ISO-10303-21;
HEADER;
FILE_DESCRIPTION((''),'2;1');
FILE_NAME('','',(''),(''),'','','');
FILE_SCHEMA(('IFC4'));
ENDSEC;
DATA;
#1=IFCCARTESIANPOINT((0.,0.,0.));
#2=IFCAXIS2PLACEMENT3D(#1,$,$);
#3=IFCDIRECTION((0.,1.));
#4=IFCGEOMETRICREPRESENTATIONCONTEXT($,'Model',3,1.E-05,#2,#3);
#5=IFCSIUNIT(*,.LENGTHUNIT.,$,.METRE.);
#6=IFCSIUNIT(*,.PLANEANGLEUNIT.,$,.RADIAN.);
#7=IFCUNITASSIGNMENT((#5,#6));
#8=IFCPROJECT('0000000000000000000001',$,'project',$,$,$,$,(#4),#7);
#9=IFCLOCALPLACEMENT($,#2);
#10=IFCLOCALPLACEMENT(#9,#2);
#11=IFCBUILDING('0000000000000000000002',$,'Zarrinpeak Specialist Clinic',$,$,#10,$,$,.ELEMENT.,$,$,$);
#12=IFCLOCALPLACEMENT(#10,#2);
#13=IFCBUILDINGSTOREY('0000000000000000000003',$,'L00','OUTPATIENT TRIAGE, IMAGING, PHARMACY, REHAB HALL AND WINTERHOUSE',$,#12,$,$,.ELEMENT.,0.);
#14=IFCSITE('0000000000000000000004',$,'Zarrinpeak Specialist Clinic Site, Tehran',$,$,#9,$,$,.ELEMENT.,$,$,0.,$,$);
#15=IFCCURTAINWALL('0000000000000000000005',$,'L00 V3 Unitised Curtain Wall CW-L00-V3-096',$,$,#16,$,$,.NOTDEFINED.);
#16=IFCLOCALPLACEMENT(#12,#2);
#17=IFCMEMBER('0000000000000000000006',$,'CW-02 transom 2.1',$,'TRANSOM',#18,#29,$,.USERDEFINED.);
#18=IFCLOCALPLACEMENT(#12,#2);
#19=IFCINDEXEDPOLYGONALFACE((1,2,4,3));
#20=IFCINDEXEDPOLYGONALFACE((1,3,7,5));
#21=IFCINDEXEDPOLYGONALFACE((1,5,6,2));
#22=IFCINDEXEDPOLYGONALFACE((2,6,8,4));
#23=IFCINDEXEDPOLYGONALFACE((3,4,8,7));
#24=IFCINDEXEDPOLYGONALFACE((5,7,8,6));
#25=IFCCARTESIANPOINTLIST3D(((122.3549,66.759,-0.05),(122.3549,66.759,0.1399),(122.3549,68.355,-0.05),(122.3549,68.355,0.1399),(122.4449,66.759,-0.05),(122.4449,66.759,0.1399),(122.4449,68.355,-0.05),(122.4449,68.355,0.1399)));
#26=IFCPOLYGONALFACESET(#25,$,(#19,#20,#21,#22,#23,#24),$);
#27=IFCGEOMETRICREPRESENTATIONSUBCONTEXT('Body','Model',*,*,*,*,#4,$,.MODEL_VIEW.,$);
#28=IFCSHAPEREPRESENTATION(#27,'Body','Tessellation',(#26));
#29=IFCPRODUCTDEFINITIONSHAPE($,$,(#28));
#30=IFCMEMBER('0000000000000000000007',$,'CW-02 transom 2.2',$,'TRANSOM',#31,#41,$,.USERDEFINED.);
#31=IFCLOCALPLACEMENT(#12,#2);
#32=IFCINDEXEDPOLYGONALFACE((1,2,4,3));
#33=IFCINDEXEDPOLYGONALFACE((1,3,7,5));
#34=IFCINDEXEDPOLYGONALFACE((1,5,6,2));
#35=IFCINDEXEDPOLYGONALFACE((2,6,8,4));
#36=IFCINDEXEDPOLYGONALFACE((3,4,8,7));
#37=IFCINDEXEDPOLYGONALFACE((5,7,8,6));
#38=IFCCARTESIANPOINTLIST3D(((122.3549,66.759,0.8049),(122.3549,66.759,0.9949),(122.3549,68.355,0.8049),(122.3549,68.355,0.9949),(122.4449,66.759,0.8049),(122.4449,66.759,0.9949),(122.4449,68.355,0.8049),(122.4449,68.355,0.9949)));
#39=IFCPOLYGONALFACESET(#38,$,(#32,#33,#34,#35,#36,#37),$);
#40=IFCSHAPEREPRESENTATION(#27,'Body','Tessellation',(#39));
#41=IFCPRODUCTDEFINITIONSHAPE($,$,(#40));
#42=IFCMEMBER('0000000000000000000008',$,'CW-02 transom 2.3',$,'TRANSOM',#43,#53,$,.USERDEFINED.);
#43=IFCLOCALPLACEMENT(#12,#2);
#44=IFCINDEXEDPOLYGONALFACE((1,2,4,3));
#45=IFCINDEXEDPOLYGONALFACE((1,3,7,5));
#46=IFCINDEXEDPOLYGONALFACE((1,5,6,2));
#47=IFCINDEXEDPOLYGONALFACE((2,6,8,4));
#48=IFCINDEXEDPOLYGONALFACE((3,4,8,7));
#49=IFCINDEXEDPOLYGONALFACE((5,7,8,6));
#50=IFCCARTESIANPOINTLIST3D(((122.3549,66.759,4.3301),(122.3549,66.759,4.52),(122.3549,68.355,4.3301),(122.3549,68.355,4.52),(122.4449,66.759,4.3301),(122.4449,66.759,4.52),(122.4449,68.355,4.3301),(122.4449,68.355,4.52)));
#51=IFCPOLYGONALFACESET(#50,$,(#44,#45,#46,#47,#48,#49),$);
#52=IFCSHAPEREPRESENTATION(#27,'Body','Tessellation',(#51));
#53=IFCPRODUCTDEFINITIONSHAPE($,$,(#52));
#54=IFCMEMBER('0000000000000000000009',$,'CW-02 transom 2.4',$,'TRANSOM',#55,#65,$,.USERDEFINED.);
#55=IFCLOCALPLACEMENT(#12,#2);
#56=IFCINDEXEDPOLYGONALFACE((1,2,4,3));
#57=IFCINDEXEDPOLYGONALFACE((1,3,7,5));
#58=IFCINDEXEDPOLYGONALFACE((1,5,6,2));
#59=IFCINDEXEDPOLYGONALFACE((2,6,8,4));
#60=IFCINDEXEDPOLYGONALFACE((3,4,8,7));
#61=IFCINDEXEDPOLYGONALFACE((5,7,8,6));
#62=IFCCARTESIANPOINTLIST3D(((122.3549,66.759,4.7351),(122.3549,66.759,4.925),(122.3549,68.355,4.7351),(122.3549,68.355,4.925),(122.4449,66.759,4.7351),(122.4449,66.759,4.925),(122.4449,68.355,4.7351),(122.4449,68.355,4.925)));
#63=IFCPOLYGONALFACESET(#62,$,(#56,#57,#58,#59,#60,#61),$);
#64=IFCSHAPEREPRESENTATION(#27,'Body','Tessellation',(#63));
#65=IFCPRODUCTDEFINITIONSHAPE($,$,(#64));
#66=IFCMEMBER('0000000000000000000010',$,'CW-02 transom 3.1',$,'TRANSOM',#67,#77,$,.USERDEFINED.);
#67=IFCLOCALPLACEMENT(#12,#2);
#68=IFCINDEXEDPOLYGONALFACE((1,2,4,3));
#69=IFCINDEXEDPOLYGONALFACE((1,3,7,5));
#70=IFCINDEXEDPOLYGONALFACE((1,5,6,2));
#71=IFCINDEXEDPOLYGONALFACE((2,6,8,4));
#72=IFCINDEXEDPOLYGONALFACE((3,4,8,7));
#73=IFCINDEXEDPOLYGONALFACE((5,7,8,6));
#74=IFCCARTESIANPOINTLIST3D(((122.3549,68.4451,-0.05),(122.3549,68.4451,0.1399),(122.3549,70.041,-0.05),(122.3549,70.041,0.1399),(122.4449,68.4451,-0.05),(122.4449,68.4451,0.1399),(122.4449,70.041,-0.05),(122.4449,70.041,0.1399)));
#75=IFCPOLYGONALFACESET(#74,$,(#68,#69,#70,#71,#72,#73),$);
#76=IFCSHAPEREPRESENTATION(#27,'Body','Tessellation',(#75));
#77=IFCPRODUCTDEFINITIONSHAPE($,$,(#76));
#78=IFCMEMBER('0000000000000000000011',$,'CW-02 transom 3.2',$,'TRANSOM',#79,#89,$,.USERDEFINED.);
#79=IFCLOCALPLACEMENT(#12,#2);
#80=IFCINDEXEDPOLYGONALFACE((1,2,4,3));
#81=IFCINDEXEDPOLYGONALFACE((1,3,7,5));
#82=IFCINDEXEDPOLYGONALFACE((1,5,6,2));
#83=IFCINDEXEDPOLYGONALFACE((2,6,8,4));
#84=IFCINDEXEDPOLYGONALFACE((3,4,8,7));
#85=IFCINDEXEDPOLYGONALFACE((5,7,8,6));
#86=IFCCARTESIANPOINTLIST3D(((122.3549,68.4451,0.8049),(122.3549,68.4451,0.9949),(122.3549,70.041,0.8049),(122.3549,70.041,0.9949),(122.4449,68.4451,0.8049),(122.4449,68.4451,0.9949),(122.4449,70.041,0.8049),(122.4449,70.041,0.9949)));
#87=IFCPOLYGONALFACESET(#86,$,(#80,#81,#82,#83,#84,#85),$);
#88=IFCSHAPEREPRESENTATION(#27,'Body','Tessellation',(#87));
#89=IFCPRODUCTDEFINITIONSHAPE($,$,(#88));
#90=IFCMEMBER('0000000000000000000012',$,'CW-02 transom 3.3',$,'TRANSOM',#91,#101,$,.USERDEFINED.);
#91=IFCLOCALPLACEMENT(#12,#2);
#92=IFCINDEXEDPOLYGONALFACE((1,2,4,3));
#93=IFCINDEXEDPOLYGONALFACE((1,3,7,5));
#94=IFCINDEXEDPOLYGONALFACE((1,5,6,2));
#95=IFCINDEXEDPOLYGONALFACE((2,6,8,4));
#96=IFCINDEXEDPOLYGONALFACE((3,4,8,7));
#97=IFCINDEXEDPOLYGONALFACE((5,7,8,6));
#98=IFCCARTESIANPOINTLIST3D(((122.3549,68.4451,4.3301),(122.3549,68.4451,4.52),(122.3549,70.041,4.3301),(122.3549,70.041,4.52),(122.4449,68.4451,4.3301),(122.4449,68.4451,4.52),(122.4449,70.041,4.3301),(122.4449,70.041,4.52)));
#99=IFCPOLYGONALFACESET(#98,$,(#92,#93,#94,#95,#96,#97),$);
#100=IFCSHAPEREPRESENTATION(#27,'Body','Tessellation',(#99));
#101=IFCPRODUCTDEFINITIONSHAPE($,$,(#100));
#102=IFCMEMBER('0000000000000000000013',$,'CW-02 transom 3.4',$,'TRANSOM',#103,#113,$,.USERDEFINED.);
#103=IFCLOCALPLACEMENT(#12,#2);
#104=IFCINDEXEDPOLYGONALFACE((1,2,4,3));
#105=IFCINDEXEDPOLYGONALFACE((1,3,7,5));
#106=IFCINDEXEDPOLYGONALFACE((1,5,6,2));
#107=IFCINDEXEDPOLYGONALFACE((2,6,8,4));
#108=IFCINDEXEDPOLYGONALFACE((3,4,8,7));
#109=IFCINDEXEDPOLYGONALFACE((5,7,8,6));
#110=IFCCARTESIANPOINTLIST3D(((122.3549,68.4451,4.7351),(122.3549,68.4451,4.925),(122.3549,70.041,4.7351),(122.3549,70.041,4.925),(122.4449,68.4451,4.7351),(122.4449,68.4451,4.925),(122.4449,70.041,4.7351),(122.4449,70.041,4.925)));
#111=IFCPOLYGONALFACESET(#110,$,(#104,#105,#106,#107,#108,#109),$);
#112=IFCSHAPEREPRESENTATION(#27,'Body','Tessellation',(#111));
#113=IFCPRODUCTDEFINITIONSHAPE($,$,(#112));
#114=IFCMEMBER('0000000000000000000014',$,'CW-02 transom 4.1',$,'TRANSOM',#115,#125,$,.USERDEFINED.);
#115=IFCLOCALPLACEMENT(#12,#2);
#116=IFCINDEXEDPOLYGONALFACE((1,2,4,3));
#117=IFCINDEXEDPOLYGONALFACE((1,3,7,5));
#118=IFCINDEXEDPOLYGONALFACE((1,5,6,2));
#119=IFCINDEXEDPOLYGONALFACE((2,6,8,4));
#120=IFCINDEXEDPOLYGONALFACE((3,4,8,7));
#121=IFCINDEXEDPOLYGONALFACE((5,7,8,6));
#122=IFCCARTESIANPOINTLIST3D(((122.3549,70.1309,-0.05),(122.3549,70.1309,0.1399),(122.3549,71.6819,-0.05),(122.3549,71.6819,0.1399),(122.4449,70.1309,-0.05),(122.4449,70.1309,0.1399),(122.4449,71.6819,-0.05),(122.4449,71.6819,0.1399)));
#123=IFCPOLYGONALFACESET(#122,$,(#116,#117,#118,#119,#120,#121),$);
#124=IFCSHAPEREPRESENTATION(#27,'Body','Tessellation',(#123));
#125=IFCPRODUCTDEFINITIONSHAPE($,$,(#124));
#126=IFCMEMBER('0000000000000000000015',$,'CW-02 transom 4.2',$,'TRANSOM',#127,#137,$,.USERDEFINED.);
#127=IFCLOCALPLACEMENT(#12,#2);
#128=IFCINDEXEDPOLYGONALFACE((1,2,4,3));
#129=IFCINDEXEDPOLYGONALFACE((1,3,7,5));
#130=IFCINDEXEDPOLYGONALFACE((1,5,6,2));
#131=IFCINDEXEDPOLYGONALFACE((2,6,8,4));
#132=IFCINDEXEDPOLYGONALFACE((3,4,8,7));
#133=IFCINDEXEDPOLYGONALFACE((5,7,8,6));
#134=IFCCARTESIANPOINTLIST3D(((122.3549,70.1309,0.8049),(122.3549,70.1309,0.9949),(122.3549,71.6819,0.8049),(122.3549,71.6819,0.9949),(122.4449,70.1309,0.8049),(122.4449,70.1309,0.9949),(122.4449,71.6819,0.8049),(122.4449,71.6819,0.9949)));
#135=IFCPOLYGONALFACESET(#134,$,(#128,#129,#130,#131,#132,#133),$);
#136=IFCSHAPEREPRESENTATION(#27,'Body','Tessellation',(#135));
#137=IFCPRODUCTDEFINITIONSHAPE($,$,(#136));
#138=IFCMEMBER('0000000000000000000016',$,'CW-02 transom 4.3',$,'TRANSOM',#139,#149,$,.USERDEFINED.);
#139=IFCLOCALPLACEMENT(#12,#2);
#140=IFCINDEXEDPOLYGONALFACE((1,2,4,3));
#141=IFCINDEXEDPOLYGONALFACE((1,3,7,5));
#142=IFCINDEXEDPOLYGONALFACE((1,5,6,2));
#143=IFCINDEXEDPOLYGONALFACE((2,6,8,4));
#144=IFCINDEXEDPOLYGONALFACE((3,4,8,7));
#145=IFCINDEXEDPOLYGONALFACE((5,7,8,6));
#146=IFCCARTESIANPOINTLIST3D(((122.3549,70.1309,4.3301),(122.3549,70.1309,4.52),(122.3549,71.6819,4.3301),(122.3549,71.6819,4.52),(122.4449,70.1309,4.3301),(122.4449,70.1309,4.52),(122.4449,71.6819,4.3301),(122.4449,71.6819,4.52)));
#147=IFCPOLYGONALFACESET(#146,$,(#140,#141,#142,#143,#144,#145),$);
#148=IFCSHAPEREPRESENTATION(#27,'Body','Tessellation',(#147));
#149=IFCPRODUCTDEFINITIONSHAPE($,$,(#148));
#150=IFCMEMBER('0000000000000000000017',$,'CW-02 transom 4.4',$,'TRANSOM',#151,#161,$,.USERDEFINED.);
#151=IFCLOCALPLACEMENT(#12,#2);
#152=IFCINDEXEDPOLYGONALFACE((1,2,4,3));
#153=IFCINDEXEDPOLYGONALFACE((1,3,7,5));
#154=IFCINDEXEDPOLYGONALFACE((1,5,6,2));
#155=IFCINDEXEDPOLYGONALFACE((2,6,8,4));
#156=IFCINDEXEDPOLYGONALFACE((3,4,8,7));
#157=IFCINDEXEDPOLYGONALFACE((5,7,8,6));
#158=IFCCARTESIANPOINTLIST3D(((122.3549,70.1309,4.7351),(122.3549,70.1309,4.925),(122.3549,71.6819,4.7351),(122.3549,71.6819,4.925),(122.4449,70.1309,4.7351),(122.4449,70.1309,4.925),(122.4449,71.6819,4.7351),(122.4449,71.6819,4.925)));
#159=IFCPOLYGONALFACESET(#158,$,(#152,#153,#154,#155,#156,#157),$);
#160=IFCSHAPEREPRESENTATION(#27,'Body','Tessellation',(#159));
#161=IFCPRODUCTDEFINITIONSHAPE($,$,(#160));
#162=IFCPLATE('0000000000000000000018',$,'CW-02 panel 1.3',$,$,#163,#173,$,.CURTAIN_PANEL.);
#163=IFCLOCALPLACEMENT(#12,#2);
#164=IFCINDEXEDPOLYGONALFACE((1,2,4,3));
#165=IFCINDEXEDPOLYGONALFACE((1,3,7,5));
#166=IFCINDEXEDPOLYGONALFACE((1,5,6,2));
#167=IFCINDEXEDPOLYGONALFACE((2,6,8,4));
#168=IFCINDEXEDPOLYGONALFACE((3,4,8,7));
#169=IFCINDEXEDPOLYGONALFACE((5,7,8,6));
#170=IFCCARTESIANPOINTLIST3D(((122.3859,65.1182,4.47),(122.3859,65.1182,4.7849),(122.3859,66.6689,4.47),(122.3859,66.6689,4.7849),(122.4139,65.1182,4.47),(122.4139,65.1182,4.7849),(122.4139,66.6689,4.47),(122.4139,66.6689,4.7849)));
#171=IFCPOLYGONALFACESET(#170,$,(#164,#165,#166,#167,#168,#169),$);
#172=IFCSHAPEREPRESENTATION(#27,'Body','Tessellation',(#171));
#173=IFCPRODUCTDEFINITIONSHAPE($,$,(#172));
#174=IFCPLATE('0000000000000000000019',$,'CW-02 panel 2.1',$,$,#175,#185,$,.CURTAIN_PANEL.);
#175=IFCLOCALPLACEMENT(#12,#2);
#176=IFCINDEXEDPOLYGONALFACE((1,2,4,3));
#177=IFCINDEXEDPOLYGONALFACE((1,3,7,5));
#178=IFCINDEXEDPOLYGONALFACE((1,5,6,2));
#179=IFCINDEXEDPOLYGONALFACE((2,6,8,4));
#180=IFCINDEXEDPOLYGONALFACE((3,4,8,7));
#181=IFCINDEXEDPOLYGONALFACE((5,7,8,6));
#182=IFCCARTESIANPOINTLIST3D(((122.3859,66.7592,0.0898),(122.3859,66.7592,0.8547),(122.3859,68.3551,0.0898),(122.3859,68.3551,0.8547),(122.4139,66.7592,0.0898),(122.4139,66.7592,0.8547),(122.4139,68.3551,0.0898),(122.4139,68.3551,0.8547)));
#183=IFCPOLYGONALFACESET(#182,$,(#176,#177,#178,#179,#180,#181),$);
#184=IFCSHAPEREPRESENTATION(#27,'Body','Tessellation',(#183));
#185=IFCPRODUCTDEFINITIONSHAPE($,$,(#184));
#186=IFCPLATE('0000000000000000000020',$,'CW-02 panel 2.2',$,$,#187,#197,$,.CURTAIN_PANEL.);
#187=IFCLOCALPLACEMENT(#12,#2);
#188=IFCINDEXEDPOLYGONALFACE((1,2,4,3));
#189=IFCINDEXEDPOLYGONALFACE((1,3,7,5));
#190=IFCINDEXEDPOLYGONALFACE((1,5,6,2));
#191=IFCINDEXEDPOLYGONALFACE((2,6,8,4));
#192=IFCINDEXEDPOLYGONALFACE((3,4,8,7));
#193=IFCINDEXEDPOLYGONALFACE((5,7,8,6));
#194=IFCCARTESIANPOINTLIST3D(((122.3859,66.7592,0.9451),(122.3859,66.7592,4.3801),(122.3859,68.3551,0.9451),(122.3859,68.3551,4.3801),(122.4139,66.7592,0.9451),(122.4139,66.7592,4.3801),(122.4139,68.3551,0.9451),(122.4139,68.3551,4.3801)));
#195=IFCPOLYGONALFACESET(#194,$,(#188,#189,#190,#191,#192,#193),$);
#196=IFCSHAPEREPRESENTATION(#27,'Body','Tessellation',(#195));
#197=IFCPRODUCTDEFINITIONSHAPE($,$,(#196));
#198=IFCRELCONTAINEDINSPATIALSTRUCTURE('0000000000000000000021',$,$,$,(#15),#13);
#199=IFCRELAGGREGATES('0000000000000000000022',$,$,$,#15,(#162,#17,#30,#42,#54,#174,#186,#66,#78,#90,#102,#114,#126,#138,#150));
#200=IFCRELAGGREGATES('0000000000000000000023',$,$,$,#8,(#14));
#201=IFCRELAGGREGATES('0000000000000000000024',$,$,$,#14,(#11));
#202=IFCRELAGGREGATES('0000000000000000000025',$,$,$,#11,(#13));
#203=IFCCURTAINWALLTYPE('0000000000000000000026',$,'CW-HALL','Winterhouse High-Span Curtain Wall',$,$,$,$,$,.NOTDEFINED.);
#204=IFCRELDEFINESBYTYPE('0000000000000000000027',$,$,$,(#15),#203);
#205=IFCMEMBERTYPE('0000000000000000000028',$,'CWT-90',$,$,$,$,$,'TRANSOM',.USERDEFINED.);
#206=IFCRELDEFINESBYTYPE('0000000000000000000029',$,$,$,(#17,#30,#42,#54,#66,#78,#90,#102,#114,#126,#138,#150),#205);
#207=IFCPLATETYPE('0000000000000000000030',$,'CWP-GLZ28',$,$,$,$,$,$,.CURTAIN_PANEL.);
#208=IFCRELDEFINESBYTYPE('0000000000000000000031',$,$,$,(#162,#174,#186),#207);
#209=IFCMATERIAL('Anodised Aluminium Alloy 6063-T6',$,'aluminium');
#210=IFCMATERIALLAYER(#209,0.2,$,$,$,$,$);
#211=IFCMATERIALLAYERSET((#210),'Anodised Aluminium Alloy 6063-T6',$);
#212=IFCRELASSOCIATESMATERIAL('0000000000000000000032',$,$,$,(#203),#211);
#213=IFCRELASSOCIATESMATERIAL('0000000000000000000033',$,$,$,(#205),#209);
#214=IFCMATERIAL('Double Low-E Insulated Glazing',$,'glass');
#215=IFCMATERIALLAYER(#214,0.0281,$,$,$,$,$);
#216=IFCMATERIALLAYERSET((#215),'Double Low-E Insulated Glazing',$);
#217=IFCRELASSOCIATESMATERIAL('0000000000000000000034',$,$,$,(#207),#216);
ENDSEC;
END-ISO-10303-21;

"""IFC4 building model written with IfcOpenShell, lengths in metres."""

from ifc_helpers import new_model, si_unit, direction, frame, origin, origin_2d, place, context, subcontext, project, spatial, rectangle, extrude, material, layer, layer_set, material_profile, profile_set, type_object, element, aggregate, save


model = new_model("IFC4")

# Units and contexts
model_context = context("Model", 3, precision=1e-05, world=origin(), true_north=direction((0.0, 1.0)))
body_context = subcontext(model_context, "Body", "Model", "MODEL_VIEW")
ifc_project = project(units=[si_unit("LENGTHUNIT", "METRE"), si_unit("PLANEANGLEUNIT", "RADIAN")], contexts=[model_context])

# Site, building, storey
site_placement = place(None, origin())
site = spatial("IfcSite", under=ifc_project, at=site_placement, Name="Zarrinpeak Specialist Clinic Site, Tehran", CompositionType="ELEMENT", RefElevation=0.0)
building_placement = place(site_placement, origin())
building = spatial("IfcBuilding", under=site, at=building_placement, Name="Zarrinpeak Specialist Clinic", CompositionType="ELEMENT")
storey_placement = place(building_placement, origin())
storey = spatial("IfcBuildingStorey", under=building, at=storey_placement, Name="L00", Description="OUTPATIENT TRIAGE, IMAGING, PHARMACY, REHAB HALL AND WINTERHOUSE", CompositionType="ELEMENT", Elevation=0.0)

# Curtain wall, members, plates
ifc_material_1 = material(Name="Anodised Aluminium Alloy 6063-T6", Category="aluminium")
ifc_layer_1 = layer(ifc_material_1, 0.2)
ifc_layer_set_1 = layer_set([ifc_layer_1], Name="Anodised Aluminium Alloy 6063-T6")
curtain_wall_type = type_object("IfcCurtainWallType", Name="CW-HALL", Description="Winterhouse High-Span Curtain Wall", PredefinedType="NOTDEFINED", material=ifc_layer_set_1)
curtain_wall_placement = place(storey_placement, origin())
curtain_wall = element("IfcCurtainWall", 1, at=curtain_wall_placement, inside=storey, type_object=curtain_wall_type, Name="L00 V3 Unitised Curtain Wall CW-L00-V3-096", PredefinedType="NOTDEFINED")
ifc_material_profile = material_profile(ifc_material_1, rectangle(XDim=0.0901, YDim=0.1899, at=origin_2d()), Name="ALU 90x190")
ifc_profile_set = profile_set([ifc_material_profile], Name="Anodised Aluminium Alloy 6063-T6")
member_type = type_object("IfcMemberType", Name="CWT-90", ElementType="TRANSOM", PredefinedType="USERDEFINED", material=ifc_profile_set)
member_1_placement = place(storey_placement, frame((122.3999, 66.759, 0.0449), z_axis=(0.0, 1.0, 0.0), x_axis=(-1.0, 0.0, 0.0)))
member_1 = element("IfcMember", 2, at=member_1_placement, type_object=member_type, Name="CW-02 transom 2.1", ObjectType="TRANSOM", PredefinedType="USERDEFINED", context=body_context, shape_type="SweptSolid", body=[
    extrude(rectangle(XDim=0.0901, YDim=0.1899, at=origin_2d()), origin(), (0.0, 0.0, 1.0), 1.5959),
])
member_2_placement = place(storey_placement, frame((122.3999, 66.759, 0.8999), z_axis=(0.0, 1.0, 0.0), x_axis=(-1.0, 0.0, 0.0)))
member_2 = element("IfcMember", 3, at=member_2_placement, type_object=member_type, Name="CW-02 transom 2.2", ObjectType="TRANSOM", PredefinedType="USERDEFINED", context=body_context, shape_type="SweptSolid", body=[
    extrude(rectangle(XDim=0.0901, YDim=0.1899, at=origin_2d()), origin(), (0.0, 0.0, 1.0), 1.5959),
])
member_3_placement = place(storey_placement, frame((122.3999, 66.759, 4.425), z_axis=(0.0, 1.0, 0.0), x_axis=(-1.0, 0.0, 0.0)))
member_3 = element("IfcMember", 4, at=member_3_placement, type_object=member_type, Name="CW-02 transom 2.3", ObjectType="TRANSOM", PredefinedType="USERDEFINED", context=body_context, shape_type="SweptSolid", body=[
    extrude(rectangle(XDim=0.0901, YDim=0.1899, at=origin_2d()), origin(), (0.0, 0.0, 1.0), 1.5959),
])
member_4_placement = place(storey_placement, frame((122.3999, 66.759, 4.8301), z_axis=(0.0, 1.0, 0.0), x_axis=(-1.0, 0.0, 0.0)))
member_4 = element("IfcMember", 5, at=member_4_placement, type_object=member_type, Name="CW-02 transom 2.4", ObjectType="TRANSOM", PredefinedType="USERDEFINED", context=body_context, shape_type="SweptSolid", body=[
    extrude(rectangle(XDim=0.0901, YDim=0.1899, at=origin_2d()), origin(), (0.0, 0.0, 1.0), 1.5959),
])
member_5_placement = place(storey_placement, frame((122.3999, 68.4451, 0.0449), z_axis=(0.0, 1.0, 0.0), x_axis=(-1.0, 0.0, 0.0)))
member_5 = element("IfcMember", 6, at=member_5_placement, type_object=member_type, Name="CW-02 transom 3.1", ObjectType="TRANSOM", PredefinedType="USERDEFINED", context=body_context, shape_type="SweptSolid", body=[
    extrude(rectangle(XDim=0.0901, YDim=0.1899, at=origin_2d()), origin(), (0.0, 0.0, 1.0), 1.5959),
])
member_6_placement = place(storey_placement, frame((122.3999, 68.4451, 0.8999), z_axis=(0.0, 1.0, 0.0), x_axis=(-1.0, 0.0, 0.0)))
member_6 = element("IfcMember", 7, at=member_6_placement, type_object=member_type, Name="CW-02 transom 3.2", ObjectType="TRANSOM", PredefinedType="USERDEFINED", context=body_context, shape_type="SweptSolid", body=[
    extrude(rectangle(XDim=0.0901, YDim=0.1899, at=origin_2d()), origin(), (0.0, 0.0, 1.0), 1.5959),
])
member_7_placement = place(storey_placement, frame((122.3999, 68.4451, 4.425), z_axis=(0.0, 1.0, 0.0), x_axis=(-1.0, 0.0, 0.0)))
member_7 = element("IfcMember", 8, at=member_7_placement, type_object=member_type, Name="CW-02 transom 3.3", ObjectType="TRANSOM", PredefinedType="USERDEFINED", context=body_context, shape_type="SweptSolid", body=[
    extrude(rectangle(XDim=0.0901, YDim=0.1899, at=origin_2d()), origin(), (0.0, 0.0, 1.0), 1.5959),
])
member_8_placement = place(storey_placement, frame((122.3999, 68.4451, 4.8301), z_axis=(0.0, 1.0, 0.0), x_axis=(-1.0, 0.0, 0.0)))
member_8 = element("IfcMember", 9, at=member_8_placement, type_object=member_type, Name="CW-02 transom 3.4", ObjectType="TRANSOM", PredefinedType="USERDEFINED", context=body_context, shape_type="SweptSolid", body=[
    extrude(rectangle(XDim=0.0901, YDim=0.1899, at=origin_2d()), origin(), (0.0, 0.0, 1.0), 1.5959),
])
member_9_placement = place(storey_placement, frame((122.3999, 70.1309, 0.0449), z_axis=(0.0, 1.0, 0.0), x_axis=(-1.0, 0.0, 0.0)))
member_9 = element("IfcMember", 10, at=member_9_placement, type_object=member_type, Name="CW-02 transom 4.1", ObjectType="TRANSOM", PredefinedType="USERDEFINED", context=body_context, shape_type="SweptSolid", body=[
    extrude(rectangle(XDim=0.0901, YDim=0.1899, at=origin_2d()), origin(), (0.0, 0.0, 1.0), 1.551),
])
member_10_placement = place(storey_placement, frame((122.3999, 70.1309, 0.8999), z_axis=(0.0, 1.0, 0.0), x_axis=(-1.0, 0.0, 0.0)))
member_10 = element("IfcMember", 11, at=member_10_placement, type_object=member_type, Name="CW-02 transom 4.2", ObjectType="TRANSOM", PredefinedType="USERDEFINED", context=body_context, shape_type="SweptSolid", body=[
    extrude(rectangle(XDim=0.0901, YDim=0.1899, at=origin_2d()), origin(), (0.0, 0.0, 1.0), 1.551),
])
member_11_placement = place(storey_placement, frame((122.3999, 70.1309, 4.425), z_axis=(0.0, 1.0, 0.0), x_axis=(-1.0, 0.0, 0.0)))
member_11 = element("IfcMember", 12, at=member_11_placement, type_object=member_type, Name="CW-02 transom 4.3", ObjectType="TRANSOM", PredefinedType="USERDEFINED", context=body_context, shape_type="SweptSolid", body=[
    extrude(rectangle(XDim=0.0901, YDim=0.1899, at=origin_2d()), origin(), (0.0, 0.0, 1.0), 1.551),
])
member_12_placement = place(storey_placement, frame((122.3999, 70.1309, 4.8301), z_axis=(0.0, 1.0, 0.0), x_axis=(-1.0, 0.0, 0.0)))
member_12 = element("IfcMember", 13, at=member_12_placement, type_object=member_type, Name="CW-02 transom 4.4", ObjectType="TRANSOM", PredefinedType="USERDEFINED", context=body_context, shape_type="SweptSolid", body=[
    extrude(rectangle(XDim=0.0901, YDim=0.1899, at=origin_2d()), origin(), (0.0, 0.0, 1.0), 1.551),
])
ifc_material_2 = material(Name="Double Low-E Insulated Glazing", Category="glass")
ifc_layer_2 = layer(ifc_material_2, 0.0281)
ifc_layer_set_2 = layer_set([ifc_layer_2], Name="Double Low-E Insulated Glazing")
plate_type = type_object("IfcPlateType", Name="CWP-GLZ28", PredefinedType="CURTAIN_PANEL", material=ifc_layer_set_2)
plate_1_placement = place(storey_placement, frame((122.3999, 65.8936, 4.47), z_axis=(0.0, 0.0, 1.0), x_axis=(0.0, 1.0, 0.0)))
plate_1 = element("IfcPlate", 14, at=plate_1_placement, type_object=plate_type, Name="CW-02 panel 1.3", PredefinedType="CURTAIN_PANEL", context=body_context, shape_type="SweptSolid", body=[
    extrude(rectangle(XDim=1.5508, YDim=0.0281, at=origin_2d()), origin(), (0.0, 0.0, 1.0), 0.3149),
])
plate_2_placement = place(storey_placement, frame((122.3999, 67.5571, 0.0898), z_axis=(0.0, 0.0, 1.0), x_axis=(0.0, 1.0, 0.0)))
plate_2 = element("IfcPlate", 15, at=plate_2_placement, type_object=plate_type, Name="CW-02 panel 2.1", PredefinedType="CURTAIN_PANEL", context=body_context, shape_type="SweptSolid", body=[
    extrude(rectangle(XDim=1.5959, YDim=0.0281, at=origin_2d()), origin(), (0.0, 0.0, 1.0), 0.7649),
])
plate_3_placement = place(storey_placement, frame((122.3999, 67.5571, 0.9451), z_axis=(0.0, 0.0, 1.0), x_axis=(0.0, 1.0, 0.0)))
plate_3 = element("IfcPlate", 16, at=plate_3_placement, type_object=plate_type, Name="CW-02 panel 2.2", PredefinedType="CURTAIN_PANEL", context=body_context, shape_type="SweptSolid", body=[
    extrude(rectangle(XDim=1.5959, YDim=0.0281, at=origin_2d()), origin(), (0.0, 0.0, 1.0), 3.4351),
])
aggregate(curtain_wall, [plate_1, member_1, member_2, member_3, member_4, plate_2, plate_3, member_5, member_6, member_7, member_8, member_9, member_10, member_11, member_12])

save(model, "model.ifc")
